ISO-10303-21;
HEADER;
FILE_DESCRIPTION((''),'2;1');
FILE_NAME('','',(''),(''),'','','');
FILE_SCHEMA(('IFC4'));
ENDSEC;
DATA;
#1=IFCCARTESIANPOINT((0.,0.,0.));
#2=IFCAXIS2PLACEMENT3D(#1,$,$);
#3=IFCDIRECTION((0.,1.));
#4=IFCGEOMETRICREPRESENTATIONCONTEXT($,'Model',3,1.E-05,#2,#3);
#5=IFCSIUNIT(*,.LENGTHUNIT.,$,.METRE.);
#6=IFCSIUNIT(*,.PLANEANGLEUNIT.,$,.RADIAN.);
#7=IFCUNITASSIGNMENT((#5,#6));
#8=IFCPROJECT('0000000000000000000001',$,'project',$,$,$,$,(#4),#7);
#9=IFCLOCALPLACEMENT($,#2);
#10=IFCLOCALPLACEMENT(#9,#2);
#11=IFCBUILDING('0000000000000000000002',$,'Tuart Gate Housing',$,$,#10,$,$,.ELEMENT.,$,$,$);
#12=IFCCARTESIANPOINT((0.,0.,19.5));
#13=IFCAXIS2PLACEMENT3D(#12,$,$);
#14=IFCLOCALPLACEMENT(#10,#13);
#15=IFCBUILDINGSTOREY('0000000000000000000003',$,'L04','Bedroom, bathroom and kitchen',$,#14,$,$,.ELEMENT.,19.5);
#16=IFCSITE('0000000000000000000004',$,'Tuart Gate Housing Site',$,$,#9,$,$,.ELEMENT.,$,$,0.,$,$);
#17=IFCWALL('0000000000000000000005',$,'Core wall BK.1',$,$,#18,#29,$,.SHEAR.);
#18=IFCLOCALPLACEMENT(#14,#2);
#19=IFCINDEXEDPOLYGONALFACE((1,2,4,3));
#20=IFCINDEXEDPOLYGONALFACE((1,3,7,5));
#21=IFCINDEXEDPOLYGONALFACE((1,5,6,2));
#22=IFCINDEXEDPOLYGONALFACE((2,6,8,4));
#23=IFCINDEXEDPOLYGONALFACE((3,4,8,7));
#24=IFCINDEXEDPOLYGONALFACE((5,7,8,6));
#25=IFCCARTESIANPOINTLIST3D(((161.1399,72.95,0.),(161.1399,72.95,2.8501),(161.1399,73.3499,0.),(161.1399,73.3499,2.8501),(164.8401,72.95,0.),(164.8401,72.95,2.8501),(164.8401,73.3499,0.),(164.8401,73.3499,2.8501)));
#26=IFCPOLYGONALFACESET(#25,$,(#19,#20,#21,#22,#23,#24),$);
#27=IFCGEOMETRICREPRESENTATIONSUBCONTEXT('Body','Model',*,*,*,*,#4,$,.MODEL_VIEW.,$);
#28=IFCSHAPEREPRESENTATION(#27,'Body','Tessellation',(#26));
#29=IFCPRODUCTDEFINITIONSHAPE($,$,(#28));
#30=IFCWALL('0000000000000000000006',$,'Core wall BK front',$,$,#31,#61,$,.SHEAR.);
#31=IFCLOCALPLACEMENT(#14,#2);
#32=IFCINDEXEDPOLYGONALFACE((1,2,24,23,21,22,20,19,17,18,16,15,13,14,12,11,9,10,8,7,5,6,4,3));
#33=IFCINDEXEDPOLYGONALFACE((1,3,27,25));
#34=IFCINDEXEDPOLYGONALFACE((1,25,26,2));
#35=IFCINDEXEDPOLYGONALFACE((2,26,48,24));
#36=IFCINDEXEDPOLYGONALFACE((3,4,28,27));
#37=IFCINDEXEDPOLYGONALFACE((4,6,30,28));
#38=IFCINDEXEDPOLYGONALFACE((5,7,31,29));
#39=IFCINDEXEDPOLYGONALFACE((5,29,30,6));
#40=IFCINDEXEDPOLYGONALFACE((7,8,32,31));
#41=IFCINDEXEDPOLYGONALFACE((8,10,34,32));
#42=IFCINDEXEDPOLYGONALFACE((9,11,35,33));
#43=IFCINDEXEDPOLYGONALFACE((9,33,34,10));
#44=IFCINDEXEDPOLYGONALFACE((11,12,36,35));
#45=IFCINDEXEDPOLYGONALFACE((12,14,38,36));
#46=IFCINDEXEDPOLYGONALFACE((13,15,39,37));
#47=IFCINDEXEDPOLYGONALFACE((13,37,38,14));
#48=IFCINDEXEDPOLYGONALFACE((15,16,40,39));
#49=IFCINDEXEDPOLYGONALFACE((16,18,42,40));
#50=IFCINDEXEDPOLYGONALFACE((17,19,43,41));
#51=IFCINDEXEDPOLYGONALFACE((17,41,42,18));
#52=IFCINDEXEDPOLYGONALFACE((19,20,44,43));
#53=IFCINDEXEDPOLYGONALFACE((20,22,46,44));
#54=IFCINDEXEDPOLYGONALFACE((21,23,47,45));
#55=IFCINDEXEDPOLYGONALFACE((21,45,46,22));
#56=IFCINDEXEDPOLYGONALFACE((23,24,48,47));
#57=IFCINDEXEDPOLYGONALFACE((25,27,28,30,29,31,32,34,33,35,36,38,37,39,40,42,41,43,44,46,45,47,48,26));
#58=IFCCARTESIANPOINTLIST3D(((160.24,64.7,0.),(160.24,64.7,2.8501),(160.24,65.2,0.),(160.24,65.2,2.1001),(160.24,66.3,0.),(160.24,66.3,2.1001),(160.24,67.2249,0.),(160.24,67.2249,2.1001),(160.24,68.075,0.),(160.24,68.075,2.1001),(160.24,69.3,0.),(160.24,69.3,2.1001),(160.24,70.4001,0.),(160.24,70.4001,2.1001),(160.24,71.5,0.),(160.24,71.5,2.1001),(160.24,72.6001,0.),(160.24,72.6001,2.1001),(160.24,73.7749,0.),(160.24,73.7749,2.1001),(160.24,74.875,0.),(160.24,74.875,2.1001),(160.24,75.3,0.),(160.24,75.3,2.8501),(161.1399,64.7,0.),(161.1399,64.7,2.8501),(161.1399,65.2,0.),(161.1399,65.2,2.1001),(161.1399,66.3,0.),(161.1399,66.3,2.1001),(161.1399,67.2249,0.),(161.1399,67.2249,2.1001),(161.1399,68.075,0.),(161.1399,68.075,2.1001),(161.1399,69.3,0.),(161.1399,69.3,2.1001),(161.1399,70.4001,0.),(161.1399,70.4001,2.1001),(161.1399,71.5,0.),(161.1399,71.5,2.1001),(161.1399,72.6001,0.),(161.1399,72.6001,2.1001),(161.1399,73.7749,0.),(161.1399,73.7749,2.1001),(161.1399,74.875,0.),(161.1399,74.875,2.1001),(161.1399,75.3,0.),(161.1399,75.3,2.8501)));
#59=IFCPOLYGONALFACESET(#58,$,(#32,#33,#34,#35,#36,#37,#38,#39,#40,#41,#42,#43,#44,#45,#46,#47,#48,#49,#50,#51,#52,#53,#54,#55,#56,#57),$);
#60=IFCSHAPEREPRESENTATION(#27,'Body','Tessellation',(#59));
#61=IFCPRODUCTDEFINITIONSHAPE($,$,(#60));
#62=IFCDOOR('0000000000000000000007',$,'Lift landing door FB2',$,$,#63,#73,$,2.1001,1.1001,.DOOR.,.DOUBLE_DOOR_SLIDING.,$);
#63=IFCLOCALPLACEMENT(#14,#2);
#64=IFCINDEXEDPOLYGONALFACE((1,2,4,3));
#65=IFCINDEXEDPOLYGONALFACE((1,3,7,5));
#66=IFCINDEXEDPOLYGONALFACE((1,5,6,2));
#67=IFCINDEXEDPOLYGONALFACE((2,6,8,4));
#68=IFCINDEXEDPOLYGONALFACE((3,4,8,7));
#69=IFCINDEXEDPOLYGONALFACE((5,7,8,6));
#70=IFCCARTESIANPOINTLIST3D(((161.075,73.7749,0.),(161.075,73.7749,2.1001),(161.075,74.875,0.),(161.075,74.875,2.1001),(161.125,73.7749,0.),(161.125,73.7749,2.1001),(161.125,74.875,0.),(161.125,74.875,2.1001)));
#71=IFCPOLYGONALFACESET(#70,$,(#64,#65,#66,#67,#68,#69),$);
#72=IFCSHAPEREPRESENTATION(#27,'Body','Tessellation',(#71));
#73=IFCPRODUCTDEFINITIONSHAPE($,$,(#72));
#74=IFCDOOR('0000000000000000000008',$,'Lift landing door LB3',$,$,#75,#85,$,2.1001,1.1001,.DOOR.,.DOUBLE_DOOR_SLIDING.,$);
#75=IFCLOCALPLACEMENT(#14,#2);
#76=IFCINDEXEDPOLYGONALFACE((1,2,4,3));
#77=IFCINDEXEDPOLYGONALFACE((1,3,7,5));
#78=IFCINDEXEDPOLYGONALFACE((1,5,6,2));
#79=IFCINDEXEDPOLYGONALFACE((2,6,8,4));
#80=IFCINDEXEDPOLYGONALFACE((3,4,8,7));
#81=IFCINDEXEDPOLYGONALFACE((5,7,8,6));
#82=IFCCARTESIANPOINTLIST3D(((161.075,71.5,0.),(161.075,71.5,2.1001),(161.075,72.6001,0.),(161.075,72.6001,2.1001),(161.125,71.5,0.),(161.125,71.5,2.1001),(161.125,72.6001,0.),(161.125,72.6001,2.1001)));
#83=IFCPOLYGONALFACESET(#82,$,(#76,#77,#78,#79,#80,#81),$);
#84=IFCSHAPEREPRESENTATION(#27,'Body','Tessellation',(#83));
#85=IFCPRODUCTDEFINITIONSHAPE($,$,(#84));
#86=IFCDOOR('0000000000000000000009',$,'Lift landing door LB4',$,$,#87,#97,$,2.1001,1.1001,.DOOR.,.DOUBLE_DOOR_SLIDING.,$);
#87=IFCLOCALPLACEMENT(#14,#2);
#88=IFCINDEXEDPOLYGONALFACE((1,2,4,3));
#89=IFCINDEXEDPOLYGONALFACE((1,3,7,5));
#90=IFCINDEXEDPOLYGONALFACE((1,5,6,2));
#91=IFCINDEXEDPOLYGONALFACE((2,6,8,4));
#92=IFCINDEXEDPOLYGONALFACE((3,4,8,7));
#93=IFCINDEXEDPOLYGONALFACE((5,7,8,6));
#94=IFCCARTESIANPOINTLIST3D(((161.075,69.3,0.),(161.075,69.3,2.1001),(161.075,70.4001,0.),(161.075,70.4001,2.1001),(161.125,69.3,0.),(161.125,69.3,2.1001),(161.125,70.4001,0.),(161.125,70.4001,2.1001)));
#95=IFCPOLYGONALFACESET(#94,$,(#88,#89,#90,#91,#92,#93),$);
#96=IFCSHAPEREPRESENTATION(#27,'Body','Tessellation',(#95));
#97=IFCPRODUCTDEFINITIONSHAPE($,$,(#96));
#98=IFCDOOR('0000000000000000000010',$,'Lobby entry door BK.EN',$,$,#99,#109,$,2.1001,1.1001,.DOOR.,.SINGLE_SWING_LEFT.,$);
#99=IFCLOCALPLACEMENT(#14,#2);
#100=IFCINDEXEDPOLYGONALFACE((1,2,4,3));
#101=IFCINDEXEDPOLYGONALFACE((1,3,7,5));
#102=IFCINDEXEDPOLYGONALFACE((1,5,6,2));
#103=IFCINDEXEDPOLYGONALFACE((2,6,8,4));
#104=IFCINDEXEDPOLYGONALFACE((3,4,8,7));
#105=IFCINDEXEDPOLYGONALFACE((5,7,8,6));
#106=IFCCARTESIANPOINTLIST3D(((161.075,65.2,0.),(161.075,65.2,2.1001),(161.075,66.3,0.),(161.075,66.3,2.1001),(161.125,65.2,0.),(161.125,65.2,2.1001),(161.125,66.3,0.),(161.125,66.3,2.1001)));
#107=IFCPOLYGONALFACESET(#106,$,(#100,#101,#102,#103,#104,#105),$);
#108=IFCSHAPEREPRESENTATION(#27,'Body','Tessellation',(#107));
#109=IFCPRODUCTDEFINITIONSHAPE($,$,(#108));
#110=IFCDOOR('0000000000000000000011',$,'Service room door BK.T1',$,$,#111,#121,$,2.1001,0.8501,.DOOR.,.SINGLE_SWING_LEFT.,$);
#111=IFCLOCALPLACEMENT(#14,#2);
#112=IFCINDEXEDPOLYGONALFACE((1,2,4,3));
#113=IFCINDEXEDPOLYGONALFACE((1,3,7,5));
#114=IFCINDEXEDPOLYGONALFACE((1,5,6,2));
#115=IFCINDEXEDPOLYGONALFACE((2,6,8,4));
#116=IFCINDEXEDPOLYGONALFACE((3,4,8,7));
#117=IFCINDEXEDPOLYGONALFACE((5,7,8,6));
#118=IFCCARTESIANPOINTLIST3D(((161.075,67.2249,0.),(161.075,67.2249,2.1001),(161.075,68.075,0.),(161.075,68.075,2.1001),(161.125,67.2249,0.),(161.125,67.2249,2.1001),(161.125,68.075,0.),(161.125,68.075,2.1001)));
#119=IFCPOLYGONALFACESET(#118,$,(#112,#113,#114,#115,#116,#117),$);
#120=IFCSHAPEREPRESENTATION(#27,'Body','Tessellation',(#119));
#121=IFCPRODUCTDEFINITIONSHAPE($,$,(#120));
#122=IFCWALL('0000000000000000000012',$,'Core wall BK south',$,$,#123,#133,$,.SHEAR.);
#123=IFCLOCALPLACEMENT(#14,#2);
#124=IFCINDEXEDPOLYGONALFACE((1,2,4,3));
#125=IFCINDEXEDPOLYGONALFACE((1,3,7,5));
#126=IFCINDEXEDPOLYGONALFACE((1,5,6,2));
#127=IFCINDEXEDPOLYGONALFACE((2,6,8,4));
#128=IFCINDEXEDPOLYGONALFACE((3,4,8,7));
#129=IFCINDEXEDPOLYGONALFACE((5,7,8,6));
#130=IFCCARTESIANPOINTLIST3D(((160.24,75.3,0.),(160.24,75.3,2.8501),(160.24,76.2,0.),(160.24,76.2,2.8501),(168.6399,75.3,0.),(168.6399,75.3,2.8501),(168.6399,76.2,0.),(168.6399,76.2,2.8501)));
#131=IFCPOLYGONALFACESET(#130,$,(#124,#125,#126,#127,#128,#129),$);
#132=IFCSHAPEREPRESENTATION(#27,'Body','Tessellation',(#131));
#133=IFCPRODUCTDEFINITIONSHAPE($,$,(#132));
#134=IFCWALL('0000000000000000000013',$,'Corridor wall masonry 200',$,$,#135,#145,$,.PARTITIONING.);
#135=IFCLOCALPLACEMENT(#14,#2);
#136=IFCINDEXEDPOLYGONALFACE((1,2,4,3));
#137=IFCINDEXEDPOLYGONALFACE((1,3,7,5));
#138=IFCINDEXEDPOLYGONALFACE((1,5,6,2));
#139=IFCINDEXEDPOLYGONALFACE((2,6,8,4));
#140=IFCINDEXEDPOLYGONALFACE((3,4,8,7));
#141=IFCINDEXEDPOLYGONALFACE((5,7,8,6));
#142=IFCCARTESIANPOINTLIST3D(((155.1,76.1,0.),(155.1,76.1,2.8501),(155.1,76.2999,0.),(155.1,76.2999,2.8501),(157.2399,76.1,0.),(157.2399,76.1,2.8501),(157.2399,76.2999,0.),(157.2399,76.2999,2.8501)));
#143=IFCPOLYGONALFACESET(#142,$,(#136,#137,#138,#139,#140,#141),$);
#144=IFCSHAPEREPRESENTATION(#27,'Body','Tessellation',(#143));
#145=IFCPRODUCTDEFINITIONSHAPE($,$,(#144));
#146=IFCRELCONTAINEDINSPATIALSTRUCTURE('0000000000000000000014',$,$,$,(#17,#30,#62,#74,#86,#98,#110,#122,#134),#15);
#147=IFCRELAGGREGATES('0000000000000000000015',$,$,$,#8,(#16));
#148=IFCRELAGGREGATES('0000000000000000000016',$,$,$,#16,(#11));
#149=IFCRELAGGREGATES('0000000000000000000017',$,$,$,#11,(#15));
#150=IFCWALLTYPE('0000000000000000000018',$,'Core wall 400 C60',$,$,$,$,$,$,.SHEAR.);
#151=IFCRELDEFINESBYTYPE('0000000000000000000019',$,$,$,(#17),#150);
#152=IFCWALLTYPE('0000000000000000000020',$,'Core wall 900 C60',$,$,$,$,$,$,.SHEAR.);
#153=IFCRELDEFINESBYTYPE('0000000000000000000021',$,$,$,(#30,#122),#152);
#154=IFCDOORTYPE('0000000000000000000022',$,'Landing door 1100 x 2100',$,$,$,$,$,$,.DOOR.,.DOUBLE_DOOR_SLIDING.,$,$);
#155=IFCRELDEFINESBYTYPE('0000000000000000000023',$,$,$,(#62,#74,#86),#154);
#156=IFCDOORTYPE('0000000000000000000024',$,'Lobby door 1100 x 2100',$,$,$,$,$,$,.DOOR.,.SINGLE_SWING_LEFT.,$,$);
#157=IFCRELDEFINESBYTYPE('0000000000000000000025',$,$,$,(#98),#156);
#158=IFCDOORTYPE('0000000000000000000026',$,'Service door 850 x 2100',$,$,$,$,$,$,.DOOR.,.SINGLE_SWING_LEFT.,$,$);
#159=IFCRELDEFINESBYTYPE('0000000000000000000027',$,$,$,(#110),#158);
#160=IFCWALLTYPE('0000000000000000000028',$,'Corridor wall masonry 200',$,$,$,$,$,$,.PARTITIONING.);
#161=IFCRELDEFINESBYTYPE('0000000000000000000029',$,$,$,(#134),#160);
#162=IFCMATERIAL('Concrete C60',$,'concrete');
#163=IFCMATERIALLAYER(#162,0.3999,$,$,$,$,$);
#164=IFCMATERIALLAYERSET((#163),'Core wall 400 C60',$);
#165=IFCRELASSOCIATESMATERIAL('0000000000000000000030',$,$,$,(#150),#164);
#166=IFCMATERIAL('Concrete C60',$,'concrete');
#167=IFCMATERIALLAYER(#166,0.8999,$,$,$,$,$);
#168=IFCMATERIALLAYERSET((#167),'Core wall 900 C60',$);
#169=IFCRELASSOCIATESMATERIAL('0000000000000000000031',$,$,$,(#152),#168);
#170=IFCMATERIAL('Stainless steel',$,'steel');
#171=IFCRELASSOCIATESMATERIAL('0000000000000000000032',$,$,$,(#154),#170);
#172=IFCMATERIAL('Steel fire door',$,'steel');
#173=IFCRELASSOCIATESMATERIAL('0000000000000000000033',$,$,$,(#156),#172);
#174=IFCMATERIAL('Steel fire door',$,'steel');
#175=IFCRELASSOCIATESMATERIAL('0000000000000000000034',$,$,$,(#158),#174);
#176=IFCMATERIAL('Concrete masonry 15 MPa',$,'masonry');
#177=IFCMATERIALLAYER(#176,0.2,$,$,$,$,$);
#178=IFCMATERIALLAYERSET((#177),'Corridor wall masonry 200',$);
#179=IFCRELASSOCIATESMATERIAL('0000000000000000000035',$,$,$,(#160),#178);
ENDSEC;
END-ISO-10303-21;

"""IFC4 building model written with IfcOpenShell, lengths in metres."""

from ifc_helpers import new_model, si_unit, direction, frame, frame_2d, origin, place, context, subcontext, project, spatial, rectangle, extrude, material, layer, layer_set, type_object, element, fill, save


model = new_model("IFC4")

# Units and contexts
model_context = context("Model", 3, precision=1e-05, world=origin(), true_north=direction((0.0, 1.0)))
body_context = subcontext(model_context, "Body", "Model", "MODEL_VIEW")
ifc_project = project(units=[si_unit("LENGTHUNIT", "METRE"), si_unit("PLANEANGLEUNIT", "RADIAN")], contexts=[model_context])

# Site, building, storey
site_placement = place(None, origin())
site = spatial("IfcSite", under=ifc_project, at=site_placement, Name="Tuart Gate Housing Site", CompositionType="ELEMENT", RefElevation=0.0)
building_placement = place(site_placement, origin())
building = spatial("IfcBuilding", under=site, at=building_placement, Name="Tuart Gate Housing", CompositionType="ELEMENT")
storey_placement = place(building_placement, frame((0.0, 0.0, 19.5)))
storey = spatial("IfcBuildingStorey", under=building, at=storey_placement, Name="L04", Description="Bedroom, bathroom and kitchen", CompositionType="ELEMENT", Elevation=19.5)

# Wall
ifc_material_1 = material(Name="Concrete C60", Category="concrete")
ifc_layer_1 = layer(ifc_material_1, 0.3999)
ifc_layer_set_1 = layer_set([ifc_layer_1], Name="Core wall 400 C60")
wall_type_1 = type_object("IfcWallType", Name="Core wall 400 C60", PredefinedType="SHEAR", material=ifc_layer_set_1)
wall_1_placement = place(storey_placement, frame((161.1399, 73.1499, 0.0), z_axis=(0.0, 0.0, 1.0), x_axis=(1.0, 0.0, 0.0)))
element("IfcWall", 1, at=wall_1_placement, inside=storey, type_object=wall_type_1, Name="Core wall BK.1", PredefinedType="SHEAR", context=body_context, shape_type="SweptSolid", body=[
    extrude(rectangle(XDim=3.7002, YDim=0.3999, at=frame_2d((1.8501, 0.0))), origin(), (0.0, 0.0, 1.0), 2.8501),
])

# Wall, openings, doors
ifc_material_2 = material(Name="Concrete C60", Category="concrete")
ifc_layer_2 = layer(ifc_material_2, 0.8999)
ifc_layer_set_2 = layer_set([ifc_layer_2], Name="Core wall 900 C60")
wall_type_2 = type_object("IfcWallType", Name="Core wall 900 C60", PredefinedType="SHEAR", material=ifc_layer_set_2)
wall_2_placement = place(storey_placement, frame((160.6899, 75.3, 0.0), z_axis=(0.0, 0.0, 1.0), x_axis=(0.0, -1.0, 0.0)))
wall_2 = element("IfcWall", 2, at=wall_2_placement, inside=storey, type_object=wall_type_2, Name="Core wall BK front", PredefinedType="SHEAR", context=body_context, shape_type="SweptSolid", body=[
    extrude(rectangle(XDim=10.6001, YDim=0.8999, at=frame_2d((5.3, 0.0))), origin(), (0.0, 0.0, 1.0), 2.8501),
])
opening_1_placement = place(wall_2_placement, frame((0.425, 0.0, 0.0)))
opening_1 = element("IfcOpeningElement", 3, at=opening_1_placement, cuts=wall_2, PredefinedType="OPENING", context=body_context, shape_type="SweptSolid", body=[
    extrude(rectangle(XDim=1.1001, YDim=2.1001, at=frame_2d((0.55, 1.05))), frame((0.0, 0.46, 0.0), z_axis=(0.0, -1.0, 0.0), x_axis=(1.0, 0.0, 0.0)), (0.0, 0.0, 1.0), 0.9199),
])
opening_2_placement = place(wall_2_placement, frame((2.7, 0.0, 0.0)))
opening_2 = element("IfcOpeningElement", 4, at=opening_2_placement, cuts=wall_2, PredefinedType="OPENING", context=body_context, shape_type="SweptSolid", body=[
    extrude(rectangle(XDim=1.1001, YDim=2.1001, at=frame_2d((0.55, 1.05))), frame((0.0, 0.46, 0.0), z_axis=(0.0, -1.0, 0.0), x_axis=(1.0, 0.0, 0.0)), (0.0, 0.0, 1.0), 0.9199),
])
opening_3_placement = place(wall_2_placement, frame((4.8999, 0.0, 0.0)))
opening_3 = element("IfcOpeningElement", 5, at=opening_3_placement, cuts=wall_2, PredefinedType="OPENING", context=body_context, shape_type="SweptSolid", body=[
    extrude(rectangle(XDim=1.1001, YDim=2.1001, at=frame_2d((0.55, 1.05))), frame((0.0, 0.46, 0.0), z_axis=(0.0, -1.0, 0.0), x_axis=(1.0, 0.0, 0.0)), (0.0, 0.0, 1.0), 0.9199),
])
opening_4_placement = place(wall_2_placement, frame((9.0, 0.0, 0.0)))
opening_4 = element("IfcOpeningElement", 6, at=opening_4_placement, cuts=wall_2, PredefinedType="OPENING", context=body_context, shape_type="SweptSolid", body=[
    extrude(rectangle(XDim=1.1001, YDim=2.1001, at=frame_2d((0.55, 1.05))), frame((0.0, 0.46, 0.0), z_axis=(0.0, -1.0, 0.0), x_axis=(1.0, 0.0, 0.0)), (0.0, 0.0, 1.0), 0.9199),
])
opening_5_placement = place(wall_2_placement, frame((7.2251, 0.0, 0.0)))
opening_5 = element("IfcOpeningElement", 7, at=opening_5_placement, cuts=wall_2, PredefinedType="OPENING", context=body_context, shape_type="SweptSolid", body=[
    extrude(rectangle(XDim=0.8501, YDim=2.1001, at=frame_2d((0.425, 1.05))), frame((0.0, 0.46, 0.0), z_axis=(0.0, -1.0, 0.0), x_axis=(1.0, 0.0, 0.0)), (0.0, 0.0, 1.0), 0.9199),
])
ifc_material_3 = material(Name="Stainless steel", Category="steel")
door_type_1 = type_object("IfcDoorType", Name="Landing door 1100 x 2100", OperationType="DOUBLE_DOOR_SLIDING", PredefinedType="DOOR", material=ifc_material_3)
door_1_placement = place(opening_1_placement, origin())
door_1 = element("IfcDoor", 8, at=door_1_placement, inside=storey, type_object=door_type_1, Name="Lift landing door FB2", OperationType="DOUBLE_DOOR_SLIDING", OverallHeight=2.1001, OverallWidth=1.1001, PredefinedType="DOOR", context=body_context, shape_type="SweptSolid", body=[
    extrude(rectangle(XDim=1.1001, YDim=2.1001, at=frame_2d((0.55, 1.05))), frame((0.0, 0.4351, 0.0), z_axis=(0.0, -1.0, 0.0), x_axis=(1.0, 0.0, 0.0)), (0.0, 0.0, 1.0), 0.05),
])
fill(opening_1, door_1)
door_2_placement = place(opening_2_placement, origin())
door_2 = element("IfcDoor", 9, at=door_2_placement, inside=storey, type_object=door_type_1, Name="Lift landing door LB3", OperationType="DOUBLE_DOOR_SLIDING", OverallHeight=2.1001, OverallWidth=1.1001, PredefinedType="DOOR", context=body_context, shape_type="SweptSolid", body=[
    extrude(rectangle(XDim=1.1001, YDim=2.1001, at=frame_2d((0.55, 1.05))), frame((0.0, 0.4351, 0.0), z_axis=(0.0, -1.0, 0.0), x_axis=(1.0, 0.0, 0.0)), (0.0, 0.0, 1.0), 0.05),
])
fill(opening_2, door_2)
door_3_placement = place(opening_3_placement, origin())
door_3 = element("IfcDoor", 10, at=door_3_placement, inside=storey, type_object=door_type_1, Name="Lift landing door LB4", OperationType="DOUBLE_DOOR_SLIDING", OverallHeight=2.1001, OverallWidth=1.1001, PredefinedType="DOOR", context=body_context, shape_type="SweptSolid", body=[
    extrude(rectangle(XDim=1.1001, YDim=2.1001, at=frame_2d((0.55, 1.05))), frame((0.0, 0.4351, 0.0), z_axis=(0.0, -1.0, 0.0), x_axis=(1.0, 0.0, 0.0)), (0.0, 0.0, 1.0), 0.05),
])
fill(opening_3, door_3)
ifc_material_4 = material(Name="Steel fire door", Category="steel")
door_type_2 = type_object("IfcDoorType", Name="Lobby door 1100 x 2100", OperationType="SINGLE_SWING_LEFT", PredefinedType="DOOR", material=ifc_material_4)
door_4_placement = place(opening_4_placement, origin())
door_4 = element("IfcDoor", 11, at=door_4_placement, inside=storey, type_object=door_type_2, Name="Lobby entry door BK.EN", OperationType="SINGLE_SWING_LEFT", OverallHeight=2.1001, OverallWidth=1.1001, PredefinedType="DOOR", context=body_context, shape_type="SweptSolid", body=[
    extrude(rectangle(XDim=1.1001, YDim=2.1001, at=frame_2d((0.55, 1.05))), frame((0.0, 0.4351, 0.0), z_axis=(0.0, -1.0, 0.0), x_axis=(1.0, 0.0, 0.0)), (0.0, 0.0, 1.0), 0.05),
])
fill(opening_4, door_4)
ifc_material_5 = material(Name="Steel fire door", Category="steel")
door_type_3 = type_object("IfcDoorType", Name="Service door 850 x 2100", OperationType="SINGLE_SWING_LEFT", PredefinedType="DOOR", material=ifc_material_5)
door_5_placement = place(opening_5_placement, origin())
door_5 = element("IfcDoor", 12, at=door_5_placement, inside=storey, type_object=door_type_3, Name="Service room door BK.T1", OperationType="SINGLE_SWING_LEFT", OverallHeight=2.1001, OverallWidth=0.8501, PredefinedType="DOOR", context=body_context, shape_type="SweptSolid", body=[
    extrude(rectangle(XDim=0.8501, YDim=2.1001, at=frame_2d((0.425, 1.05))), frame((0.0, 0.4351, 0.0), z_axis=(0.0, -1.0, 0.0), x_axis=(1.0, 0.0, 0.0)), (0.0, 0.0, 1.0), 0.05),
])
fill(opening_5, door_5)

# Walls
wall_3_placement = place(storey_placement, frame((160.24, 75.75, 0.0), z_axis=(0.0, 0.0, 1.0), x_axis=(1.0, 0.0, 0.0)))
element("IfcWall", 13, at=wall_3_placement, inside=storey, type_object=wall_type_2, Name="Core wall BK south", PredefinedType="SHEAR", context=body_context, shape_type="SweptSolid", body=[
    extrude(rectangle(XDim=8.3999, YDim=0.8999, at=frame_2d((4.2, 0.0))), origin(), (0.0, 0.0, 1.0), 2.8501),
])
ifc_material_6 = material(Name="Concrete masonry 15 MPa", Category="masonry")
ifc_layer_3 = layer(ifc_material_6, 0.2)
ifc_layer_set_3 = layer_set([ifc_layer_3], Name="Corridor wall masonry 200")
wall_type_3 = type_object("IfcWallType", Name="Corridor wall masonry 200", PredefinedType="PARTITIONING", material=ifc_layer_set_3)
wall_4_placement = place(storey_placement, frame((155.1001, 76.2, 0.0), z_axis=(0.0, 0.0, 1.0), x_axis=(1.0, 0.0, 0.0)))
element("IfcWall", 14, at=wall_4_placement, inside=storey, type_object=wall_type_3, Name="Corridor wall masonry 200", PredefinedType="PARTITIONING", context=body_context, shape_type="SweptSolid", body=[
    extrude(rectangle(XDim=2.1399, YDim=0.2, at=frame_2d((1.0698, 0.0))), origin(), (0.0, 0.0, 1.0), 2.8501),
])

save(model, "model.ifc")
